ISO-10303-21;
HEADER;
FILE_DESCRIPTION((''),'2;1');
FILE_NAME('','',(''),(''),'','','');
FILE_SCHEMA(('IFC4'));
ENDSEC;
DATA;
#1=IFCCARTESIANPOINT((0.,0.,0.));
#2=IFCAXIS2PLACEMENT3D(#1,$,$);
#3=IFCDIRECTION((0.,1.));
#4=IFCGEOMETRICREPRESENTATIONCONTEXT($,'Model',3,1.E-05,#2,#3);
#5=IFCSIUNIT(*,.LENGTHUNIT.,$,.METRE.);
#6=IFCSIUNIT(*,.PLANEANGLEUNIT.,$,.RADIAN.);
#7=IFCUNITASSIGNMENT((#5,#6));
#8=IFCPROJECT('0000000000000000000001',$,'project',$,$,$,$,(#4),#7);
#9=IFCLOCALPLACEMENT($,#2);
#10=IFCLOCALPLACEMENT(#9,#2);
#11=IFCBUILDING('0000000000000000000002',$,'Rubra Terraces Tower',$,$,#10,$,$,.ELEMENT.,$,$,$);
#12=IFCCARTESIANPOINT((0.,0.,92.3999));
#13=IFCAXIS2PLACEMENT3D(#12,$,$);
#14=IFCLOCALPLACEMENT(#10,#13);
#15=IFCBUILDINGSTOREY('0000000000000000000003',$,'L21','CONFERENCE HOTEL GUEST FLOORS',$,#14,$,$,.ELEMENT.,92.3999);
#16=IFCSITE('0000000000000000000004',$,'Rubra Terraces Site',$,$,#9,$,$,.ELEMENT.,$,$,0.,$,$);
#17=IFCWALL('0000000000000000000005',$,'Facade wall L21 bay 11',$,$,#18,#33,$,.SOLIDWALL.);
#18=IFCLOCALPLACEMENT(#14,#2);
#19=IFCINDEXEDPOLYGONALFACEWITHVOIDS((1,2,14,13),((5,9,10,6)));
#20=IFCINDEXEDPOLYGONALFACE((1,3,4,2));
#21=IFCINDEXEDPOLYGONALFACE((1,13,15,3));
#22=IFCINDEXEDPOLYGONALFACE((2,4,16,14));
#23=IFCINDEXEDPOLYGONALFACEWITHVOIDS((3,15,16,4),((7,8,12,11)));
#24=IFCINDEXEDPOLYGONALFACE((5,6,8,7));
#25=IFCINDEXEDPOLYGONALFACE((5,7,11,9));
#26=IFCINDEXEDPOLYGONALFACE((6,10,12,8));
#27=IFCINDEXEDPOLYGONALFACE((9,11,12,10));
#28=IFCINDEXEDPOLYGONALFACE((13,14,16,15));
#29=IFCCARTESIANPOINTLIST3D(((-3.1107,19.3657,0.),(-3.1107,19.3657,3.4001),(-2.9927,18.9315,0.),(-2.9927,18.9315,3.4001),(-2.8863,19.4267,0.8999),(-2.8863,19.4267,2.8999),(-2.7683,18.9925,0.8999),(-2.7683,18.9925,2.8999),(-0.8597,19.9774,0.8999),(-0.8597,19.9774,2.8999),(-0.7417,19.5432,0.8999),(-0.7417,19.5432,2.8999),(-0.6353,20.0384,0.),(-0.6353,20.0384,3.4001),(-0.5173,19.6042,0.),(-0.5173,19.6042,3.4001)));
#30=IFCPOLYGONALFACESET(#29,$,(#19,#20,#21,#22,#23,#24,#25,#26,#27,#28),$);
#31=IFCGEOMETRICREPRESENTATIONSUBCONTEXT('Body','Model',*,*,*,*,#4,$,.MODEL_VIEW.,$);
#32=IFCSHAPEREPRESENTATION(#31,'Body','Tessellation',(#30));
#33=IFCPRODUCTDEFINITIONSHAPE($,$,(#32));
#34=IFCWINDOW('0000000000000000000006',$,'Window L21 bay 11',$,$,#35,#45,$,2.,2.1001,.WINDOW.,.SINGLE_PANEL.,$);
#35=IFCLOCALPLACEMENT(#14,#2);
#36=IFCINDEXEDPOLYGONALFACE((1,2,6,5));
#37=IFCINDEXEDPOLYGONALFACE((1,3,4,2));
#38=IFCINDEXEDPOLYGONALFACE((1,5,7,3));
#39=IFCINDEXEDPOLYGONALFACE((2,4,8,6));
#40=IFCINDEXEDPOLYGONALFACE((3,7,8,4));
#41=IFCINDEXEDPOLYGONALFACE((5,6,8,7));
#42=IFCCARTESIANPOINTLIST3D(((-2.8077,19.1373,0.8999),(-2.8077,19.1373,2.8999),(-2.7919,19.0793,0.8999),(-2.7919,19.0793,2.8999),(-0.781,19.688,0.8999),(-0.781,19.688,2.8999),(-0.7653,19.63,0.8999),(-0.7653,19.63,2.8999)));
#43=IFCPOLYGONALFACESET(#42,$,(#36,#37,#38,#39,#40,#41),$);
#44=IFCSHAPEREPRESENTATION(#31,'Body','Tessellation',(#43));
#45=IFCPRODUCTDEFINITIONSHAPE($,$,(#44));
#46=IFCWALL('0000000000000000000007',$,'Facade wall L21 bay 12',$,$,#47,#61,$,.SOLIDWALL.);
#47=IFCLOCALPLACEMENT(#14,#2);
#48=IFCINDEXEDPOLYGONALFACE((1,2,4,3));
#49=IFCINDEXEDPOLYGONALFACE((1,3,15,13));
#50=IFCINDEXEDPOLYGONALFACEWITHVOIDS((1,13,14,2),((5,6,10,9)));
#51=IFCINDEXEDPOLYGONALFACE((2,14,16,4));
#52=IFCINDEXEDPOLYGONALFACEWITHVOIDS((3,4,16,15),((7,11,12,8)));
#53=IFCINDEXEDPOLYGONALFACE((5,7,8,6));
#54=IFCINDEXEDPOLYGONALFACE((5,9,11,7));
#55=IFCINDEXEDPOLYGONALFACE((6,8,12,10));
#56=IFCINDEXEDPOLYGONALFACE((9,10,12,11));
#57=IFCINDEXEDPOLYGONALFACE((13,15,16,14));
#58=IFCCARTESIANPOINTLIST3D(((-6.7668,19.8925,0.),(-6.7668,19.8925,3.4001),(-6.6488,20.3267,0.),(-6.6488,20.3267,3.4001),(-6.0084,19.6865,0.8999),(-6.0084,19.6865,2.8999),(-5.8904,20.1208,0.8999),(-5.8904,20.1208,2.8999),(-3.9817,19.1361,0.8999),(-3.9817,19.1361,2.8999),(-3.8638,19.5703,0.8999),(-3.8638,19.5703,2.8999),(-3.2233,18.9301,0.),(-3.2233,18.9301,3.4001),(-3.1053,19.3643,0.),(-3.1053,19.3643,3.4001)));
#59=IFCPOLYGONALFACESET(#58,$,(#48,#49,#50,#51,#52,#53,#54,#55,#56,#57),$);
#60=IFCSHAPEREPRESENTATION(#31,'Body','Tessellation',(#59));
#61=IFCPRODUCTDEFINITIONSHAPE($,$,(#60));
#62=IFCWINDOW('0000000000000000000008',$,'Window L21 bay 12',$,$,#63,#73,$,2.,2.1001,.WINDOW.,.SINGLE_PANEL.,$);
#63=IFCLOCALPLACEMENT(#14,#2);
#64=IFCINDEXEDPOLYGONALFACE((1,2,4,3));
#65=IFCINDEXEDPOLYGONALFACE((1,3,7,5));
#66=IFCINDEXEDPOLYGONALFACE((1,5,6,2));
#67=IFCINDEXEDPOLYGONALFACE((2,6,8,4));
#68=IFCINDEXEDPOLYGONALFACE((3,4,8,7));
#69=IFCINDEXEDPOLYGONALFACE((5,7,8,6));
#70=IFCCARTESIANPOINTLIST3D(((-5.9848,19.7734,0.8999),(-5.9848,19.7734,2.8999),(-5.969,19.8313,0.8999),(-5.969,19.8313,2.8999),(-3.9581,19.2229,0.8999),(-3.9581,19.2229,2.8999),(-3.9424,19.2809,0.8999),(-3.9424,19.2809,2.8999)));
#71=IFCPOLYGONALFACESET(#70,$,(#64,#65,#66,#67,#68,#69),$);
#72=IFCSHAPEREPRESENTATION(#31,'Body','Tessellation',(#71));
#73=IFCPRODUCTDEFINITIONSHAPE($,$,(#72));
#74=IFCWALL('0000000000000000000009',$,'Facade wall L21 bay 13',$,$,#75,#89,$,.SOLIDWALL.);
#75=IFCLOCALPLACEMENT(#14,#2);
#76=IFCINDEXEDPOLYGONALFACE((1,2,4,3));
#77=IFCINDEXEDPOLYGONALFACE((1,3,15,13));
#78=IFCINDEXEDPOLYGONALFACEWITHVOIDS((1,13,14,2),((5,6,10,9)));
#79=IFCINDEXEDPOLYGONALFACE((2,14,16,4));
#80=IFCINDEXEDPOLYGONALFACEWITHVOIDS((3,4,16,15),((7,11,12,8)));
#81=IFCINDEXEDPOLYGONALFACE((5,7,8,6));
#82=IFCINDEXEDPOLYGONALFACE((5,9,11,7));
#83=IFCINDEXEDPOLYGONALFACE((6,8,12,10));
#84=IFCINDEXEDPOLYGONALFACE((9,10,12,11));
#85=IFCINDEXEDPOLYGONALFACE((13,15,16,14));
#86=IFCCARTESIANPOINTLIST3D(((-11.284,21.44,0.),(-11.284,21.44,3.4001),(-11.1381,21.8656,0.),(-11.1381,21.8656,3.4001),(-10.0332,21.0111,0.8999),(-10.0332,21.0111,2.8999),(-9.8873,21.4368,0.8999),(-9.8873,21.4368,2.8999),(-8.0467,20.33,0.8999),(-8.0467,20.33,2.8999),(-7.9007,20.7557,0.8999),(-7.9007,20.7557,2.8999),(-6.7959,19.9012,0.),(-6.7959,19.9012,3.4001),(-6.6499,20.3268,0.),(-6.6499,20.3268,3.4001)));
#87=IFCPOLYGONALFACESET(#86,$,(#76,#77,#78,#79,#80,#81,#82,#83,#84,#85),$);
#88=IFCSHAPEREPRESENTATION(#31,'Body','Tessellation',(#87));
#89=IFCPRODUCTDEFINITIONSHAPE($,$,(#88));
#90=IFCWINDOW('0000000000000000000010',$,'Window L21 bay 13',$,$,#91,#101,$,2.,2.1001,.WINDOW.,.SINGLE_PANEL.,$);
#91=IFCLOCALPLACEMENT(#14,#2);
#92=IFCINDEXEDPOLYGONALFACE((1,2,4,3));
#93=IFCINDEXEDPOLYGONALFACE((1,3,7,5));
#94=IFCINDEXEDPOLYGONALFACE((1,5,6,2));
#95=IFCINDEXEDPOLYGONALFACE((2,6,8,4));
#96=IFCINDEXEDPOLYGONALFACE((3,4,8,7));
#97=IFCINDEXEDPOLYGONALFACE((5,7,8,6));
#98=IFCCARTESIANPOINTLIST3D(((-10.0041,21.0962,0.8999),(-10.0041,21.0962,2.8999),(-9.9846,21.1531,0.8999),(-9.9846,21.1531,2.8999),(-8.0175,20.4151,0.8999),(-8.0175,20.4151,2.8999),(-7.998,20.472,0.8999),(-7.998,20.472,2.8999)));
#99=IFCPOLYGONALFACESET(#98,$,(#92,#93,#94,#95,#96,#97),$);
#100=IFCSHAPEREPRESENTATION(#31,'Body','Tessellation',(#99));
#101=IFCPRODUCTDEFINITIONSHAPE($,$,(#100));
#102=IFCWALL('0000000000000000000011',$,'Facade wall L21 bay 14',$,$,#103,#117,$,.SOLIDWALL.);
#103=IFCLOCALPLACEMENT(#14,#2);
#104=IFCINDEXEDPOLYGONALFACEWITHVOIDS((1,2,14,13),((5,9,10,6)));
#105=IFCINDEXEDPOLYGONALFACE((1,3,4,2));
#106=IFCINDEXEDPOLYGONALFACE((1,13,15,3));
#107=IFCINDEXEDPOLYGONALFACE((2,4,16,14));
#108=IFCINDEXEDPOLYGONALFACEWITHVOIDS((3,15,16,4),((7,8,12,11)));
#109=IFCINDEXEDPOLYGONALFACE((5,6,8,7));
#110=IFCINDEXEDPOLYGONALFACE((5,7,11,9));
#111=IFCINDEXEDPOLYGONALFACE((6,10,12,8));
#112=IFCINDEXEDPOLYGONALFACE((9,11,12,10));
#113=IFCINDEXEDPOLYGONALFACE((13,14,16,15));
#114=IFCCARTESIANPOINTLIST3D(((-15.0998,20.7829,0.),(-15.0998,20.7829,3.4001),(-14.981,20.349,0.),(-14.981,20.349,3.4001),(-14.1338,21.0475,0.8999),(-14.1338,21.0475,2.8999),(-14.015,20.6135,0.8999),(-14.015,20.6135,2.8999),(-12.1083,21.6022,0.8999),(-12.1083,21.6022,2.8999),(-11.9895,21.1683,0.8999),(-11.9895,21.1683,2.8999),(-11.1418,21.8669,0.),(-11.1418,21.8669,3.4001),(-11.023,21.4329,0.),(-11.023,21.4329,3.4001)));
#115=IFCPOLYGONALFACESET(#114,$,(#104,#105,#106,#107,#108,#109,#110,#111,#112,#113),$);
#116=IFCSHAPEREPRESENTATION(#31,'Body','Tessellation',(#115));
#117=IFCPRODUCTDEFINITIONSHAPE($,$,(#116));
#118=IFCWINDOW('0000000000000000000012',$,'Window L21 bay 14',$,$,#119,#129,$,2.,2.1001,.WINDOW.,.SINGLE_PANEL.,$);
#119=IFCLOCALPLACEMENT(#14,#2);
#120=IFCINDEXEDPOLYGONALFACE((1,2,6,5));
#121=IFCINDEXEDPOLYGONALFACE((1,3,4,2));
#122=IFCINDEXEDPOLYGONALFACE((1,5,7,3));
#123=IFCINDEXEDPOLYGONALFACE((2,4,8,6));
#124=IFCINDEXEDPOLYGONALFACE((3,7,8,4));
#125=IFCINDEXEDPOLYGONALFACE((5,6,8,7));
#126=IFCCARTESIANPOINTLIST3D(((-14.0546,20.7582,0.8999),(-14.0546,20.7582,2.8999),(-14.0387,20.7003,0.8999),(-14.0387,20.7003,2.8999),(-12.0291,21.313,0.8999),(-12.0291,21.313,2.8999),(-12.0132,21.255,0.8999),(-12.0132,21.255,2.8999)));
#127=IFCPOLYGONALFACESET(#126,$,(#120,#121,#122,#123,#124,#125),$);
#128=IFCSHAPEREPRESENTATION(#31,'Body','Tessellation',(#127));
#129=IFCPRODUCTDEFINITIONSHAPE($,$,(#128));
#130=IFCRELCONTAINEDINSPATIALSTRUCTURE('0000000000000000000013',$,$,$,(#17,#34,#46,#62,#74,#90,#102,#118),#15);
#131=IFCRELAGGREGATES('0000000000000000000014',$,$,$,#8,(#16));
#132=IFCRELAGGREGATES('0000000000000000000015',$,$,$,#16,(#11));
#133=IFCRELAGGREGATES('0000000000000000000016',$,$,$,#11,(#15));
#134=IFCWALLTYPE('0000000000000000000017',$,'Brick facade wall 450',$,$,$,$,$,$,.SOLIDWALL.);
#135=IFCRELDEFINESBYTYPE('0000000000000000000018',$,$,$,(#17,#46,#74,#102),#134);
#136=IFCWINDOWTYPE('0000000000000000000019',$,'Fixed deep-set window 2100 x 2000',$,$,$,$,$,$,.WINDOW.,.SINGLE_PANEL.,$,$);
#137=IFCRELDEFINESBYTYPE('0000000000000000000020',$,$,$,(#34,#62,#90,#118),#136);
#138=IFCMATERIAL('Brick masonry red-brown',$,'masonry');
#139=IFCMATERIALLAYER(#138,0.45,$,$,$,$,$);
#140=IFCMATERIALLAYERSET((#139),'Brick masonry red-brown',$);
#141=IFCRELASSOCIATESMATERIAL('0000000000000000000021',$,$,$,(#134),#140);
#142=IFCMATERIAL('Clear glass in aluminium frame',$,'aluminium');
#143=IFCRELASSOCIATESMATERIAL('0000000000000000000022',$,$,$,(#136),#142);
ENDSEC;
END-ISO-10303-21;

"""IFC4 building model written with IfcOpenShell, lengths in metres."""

from ifc_helpers import new_model, si_unit, direction, frame, frame_2d, origin, place, context, subcontext, project, spatial, rectangle, extrude, material, layer, layer_set, type_object, element, fill, save


model = new_model("IFC4")

# Units and contexts
model_context = context("Model", 3, precision=1e-05, world=origin(), true_north=direction((0.0, 1.0)))
body_context = subcontext(model_context, "Body", "Model", "MODEL_VIEW")
ifc_project = project(units=[si_unit("LENGTHUNIT", "METRE"), si_unit("PLANEANGLEUNIT", "RADIAN")], contexts=[model_context])

# Site, building, storey
site_placement = place(None, origin())
site = spatial("IfcSite", under=ifc_project, at=site_placement, Name="Rubra Terraces Site", CompositionType="ELEMENT", RefElevation=0.0)
building_placement = place(site_placement, origin())
building = spatial("IfcBuilding", under=site, at=building_placement, Name="Rubra Terraces Tower", CompositionType="ELEMENT")
storey_placement = place(building_placement, frame((0.0, 0.0, 92.3999)))
storey = spatial("IfcBuildingStorey", under=building, at=storey_placement, Name="L21", Description="CONFERENCE HOTEL GUEST FLOORS", CompositionType="ELEMENT", Elevation=92.3999)

# Walls, openings, windows
ifc_material_1 = material(Name="Brick masonry red-brown", Category="masonry")
ifc_layer_1 = layer(ifc_material_1, 0.45)
ifc_layer_set_1 = layer_set([ifc_layer_1], Name="Brick masonry red-brown")
wall_type_1 = type_object("IfcWallType", Name="Brick facade wall 450", PredefinedType="SOLIDWALL", material=ifc_layer_set_1)
wall_1_placement = place(storey_placement, frame((-0.5762, 19.8213, 0.0), z_axis=(0.0, 0.0, 1.0), x_axis=(-0.965009, -0.262215, 0.0)))
wall_1 = element("IfcWall", 1, at=wall_1_placement, inside=storey, type_object=wall_type_1, Name="Facade wall L21 bay 11", PredefinedType="SOLIDWALL", context=body_context, shape_type="SweptSolid", body=[
    extrude(rectangle(XDim=2.5652, YDim=0.45, at=frame_2d((1.2827, 0.0))), origin(), (0.0, 0.0, 1.0), 3.4001),
])
opening_1_placement = place(wall_1_placement, frame((0.2327, 0.0, 0.8999)))
opening_1 = element("IfcOpeningElement", 2, at=opening_1_placement, cuts=wall_1, PredefinedType="OPENING", context=body_context, shape_type="SweptSolid", body=[
    extrude(rectangle(XDim=2.1001, YDim=2.0, at=frame_2d((1.05, 1.0))), frame((0.0, 0.2349, 0.0), z_axis=(0.0, -1.0, 0.0), x_axis=(1.0, 0.0, 0.0)), (0.0, 0.0, 1.0), 0.47),
])
ifc_material_2 = material(Name="Clear glass in aluminium frame", Category="aluminium")
window_type = type_object("IfcWindowType", Name="Fixed deep-set window 2100 x 2000", PartitioningType="SINGLE_PANEL", PredefinedType="WINDOW", material=ifc_material_2)
window_1_placement = place(opening_1_placement, origin())
window_1 = element("IfcWindow", 3, at=window_1_placement, inside=storey, type_object=window_type, Name="Window L21 bay 11", OverallHeight=2.0, OverallWidth=2.1001, PartitioningType="SINGLE_PANEL", PredefinedType="WINDOW", context=body_context, shape_type="SweptSolid", body=[
    extrude(rectangle(XDim=2.1001, YDim=2.0, at=frame_2d((1.05, 1.0))), frame((0.0, 0.135, 0.0), z_axis=(0.0, -1.0, 0.0), x_axis=(1.0, 0.0, 0.0)), (0.0, 0.0, 1.0), 0.0601),
])
fill(opening_1, window_1)
wall_2_placement = place(storey_placement, frame((-3.1643, 19.1472, 0.0), z_axis=(0.0, 0.0, 1.0), x_axis=(-0.965039, 0.262105, 0.0)))
wall_2 = element("IfcWall", 4, at=wall_2_placement, inside=storey, type_object=wall_type_1, Name="Facade wall L21 bay 12", PredefinedType="SOLIDWALL", context=body_context, shape_type="SweptSolid", body=[
    extrude(rectangle(XDim=3.6719, YDim=0.45, at=frame_2d((1.8359, 0.0))), origin(), (0.0, 0.0, 1.0), 3.4001),
])
opening_2_placement = place(wall_2_placement, frame((0.7859, 0.0, 0.8999)))
opening_2 = element("IfcOpeningElement", 5, at=opening_2_placement, cuts=wall_2, PredefinedType="OPENING", context=body_context, shape_type="SweptSolid", body=[
    extrude(rectangle(XDim=2.1001, YDim=2.0, at=frame_2d((1.05, 1.0))), frame((0.0, 0.2349, 0.0), z_axis=(0.0, -1.0, 0.0), x_axis=(1.0, 0.0, 0.0)), (0.0, 0.0, 1.0), 0.47),
])
window_2_placement = place(opening_2_placement, origin())
window_2 = element("IfcWindow", 6, at=window_2_placement, inside=storey, type_object=window_type, Name="Window L21 bay 12", OverallHeight=2.0, OverallWidth=2.1001, PartitioningType="SINGLE_PANEL", PredefinedType="WINDOW", context=body_context, shape_type="SweptSolid", body=[
    extrude(rectangle(XDim=2.1001, YDim=2.0, at=frame_2d((1.05, 1.0))), frame((0.0, 0.135, 0.0), z_axis=(0.0, -1.0, 0.0), x_axis=(1.0, 0.0, 0.0)), (0.0, 0.0, 1.0), 0.0601),
])
fill(opening_2, window_2)
wall_3_placement = place(storey_placement, frame((-6.7229, 20.114, 0.0), z_axis=(0.0, 0.0, 1.0), x_axis=(-0.945947, 0.32432, 0.0)))
wall_3 = element("IfcWall", 7, at=wall_3_placement, inside=storey, type_object=wall_type_1, Name="Facade wall L21 bay 13", PredefinedType="SOLIDWALL", context=body_context, shape_type="SweptSolid", body=[
    extrude(rectangle(XDim=4.7446, YDim=0.45, at=frame_2d((2.3723, 0.0))), origin(), (0.0, 0.0, 1.0), 3.4001),
])
opening_3_placement = place(wall_3_placement, frame((1.3223, 0.0, 0.8999)))
opening_3 = element("IfcOpeningElement", 8, at=opening_3_placement, cuts=wall_3, PredefinedType="OPENING", context=body_context, shape_type="SweptSolid", body=[
    extrude(rectangle(XDim=2.1001, YDim=2.0, at=frame_2d((1.05, 1.0))), frame((0.0, 0.2349, 0.0), z_axis=(0.0, -1.0, 0.0), x_axis=(1.0, 0.0, 0.0)), (0.0, 0.0, 1.0), 0.47),
])
window_3_placement = place(opening_3_placement, origin())
window_3 = element("IfcWindow", 9, at=window_3_placement, inside=storey, type_object=window_type, Name="Window L21 bay 13", OverallHeight=2.0, OverallWidth=2.1001, PartitioningType="SINGLE_PANEL", PredefinedType="WINDOW", context=body_context, shape_type="SweptSolid", body=[
    extrude(rectangle(XDim=2.1001, YDim=2.0, at=frame_2d((1.05, 1.0))), frame((0.0, 0.135, 0.0), z_axis=(0.0, -1.0, 0.0), x_axis=(1.0, 0.0, 0.0)), (0.0, 0.0, 1.0), 0.0601),
])
fill(opening_3, window_3)
wall_4_placement = place(storey_placement, frame((-11.0825, 21.6499, 0.0), z_axis=(0.0, 0.0, 1.0), x_axis=(-0.964483, -0.264144, 0.0)))
wall_4 = element("IfcWall", 10, at=wall_4_placement, inside=storey, type_object=wall_type_1, Name="Facade wall L21 bay 14", PredefinedType="SOLIDWALL", context=body_context, shape_type="SweptSolid", body=[
    extrude(rectangle(XDim=4.1038, YDim=0.45, at=frame_2d((2.0518, 0.0))), origin(), (0.0, 0.0, 1.0), 3.4001),
])
opening_4_placement = place(wall_4_placement, frame((1.002, 0.0, 0.8999)))
opening_4 = element("IfcOpeningElement", 11, at=opening_4_placement, cuts=wall_4, PredefinedType="OPENING", context=body_context, shape_type="SweptSolid", body=[
    extrude(rectangle(XDim=2.1001, YDim=2.0, at=frame_2d((1.05, 1.0))), frame((0.0, 0.2349, 0.0), z_axis=(0.0, -1.0, 0.0), x_axis=(1.0, 0.0, 0.0)), (0.0, 0.0, 1.0), 0.47),
])
window_4_placement = place(opening_4_placement, origin())
window_4 = element("IfcWindow", 12, at=window_4_placement, inside=storey, type_object=window_type, Name="Window L21 bay 14", OverallHeight=2.0, OverallWidth=2.1001, PartitioningType="SINGLE_PANEL", PredefinedType="WINDOW", context=body_context, shape_type="SweptSolid", body=[
    extrude(rectangle(XDim=2.1001, YDim=2.0, at=frame_2d((1.05, 1.0))), frame((0.0, 0.135, 0.0), z_axis=(0.0, -1.0, 0.0), x_axis=(1.0, 0.0, 0.0)), (0.0, 0.0, 1.0), 0.0601),
])
fill(opening_4, window_4)

save(model, "model.ifc")
